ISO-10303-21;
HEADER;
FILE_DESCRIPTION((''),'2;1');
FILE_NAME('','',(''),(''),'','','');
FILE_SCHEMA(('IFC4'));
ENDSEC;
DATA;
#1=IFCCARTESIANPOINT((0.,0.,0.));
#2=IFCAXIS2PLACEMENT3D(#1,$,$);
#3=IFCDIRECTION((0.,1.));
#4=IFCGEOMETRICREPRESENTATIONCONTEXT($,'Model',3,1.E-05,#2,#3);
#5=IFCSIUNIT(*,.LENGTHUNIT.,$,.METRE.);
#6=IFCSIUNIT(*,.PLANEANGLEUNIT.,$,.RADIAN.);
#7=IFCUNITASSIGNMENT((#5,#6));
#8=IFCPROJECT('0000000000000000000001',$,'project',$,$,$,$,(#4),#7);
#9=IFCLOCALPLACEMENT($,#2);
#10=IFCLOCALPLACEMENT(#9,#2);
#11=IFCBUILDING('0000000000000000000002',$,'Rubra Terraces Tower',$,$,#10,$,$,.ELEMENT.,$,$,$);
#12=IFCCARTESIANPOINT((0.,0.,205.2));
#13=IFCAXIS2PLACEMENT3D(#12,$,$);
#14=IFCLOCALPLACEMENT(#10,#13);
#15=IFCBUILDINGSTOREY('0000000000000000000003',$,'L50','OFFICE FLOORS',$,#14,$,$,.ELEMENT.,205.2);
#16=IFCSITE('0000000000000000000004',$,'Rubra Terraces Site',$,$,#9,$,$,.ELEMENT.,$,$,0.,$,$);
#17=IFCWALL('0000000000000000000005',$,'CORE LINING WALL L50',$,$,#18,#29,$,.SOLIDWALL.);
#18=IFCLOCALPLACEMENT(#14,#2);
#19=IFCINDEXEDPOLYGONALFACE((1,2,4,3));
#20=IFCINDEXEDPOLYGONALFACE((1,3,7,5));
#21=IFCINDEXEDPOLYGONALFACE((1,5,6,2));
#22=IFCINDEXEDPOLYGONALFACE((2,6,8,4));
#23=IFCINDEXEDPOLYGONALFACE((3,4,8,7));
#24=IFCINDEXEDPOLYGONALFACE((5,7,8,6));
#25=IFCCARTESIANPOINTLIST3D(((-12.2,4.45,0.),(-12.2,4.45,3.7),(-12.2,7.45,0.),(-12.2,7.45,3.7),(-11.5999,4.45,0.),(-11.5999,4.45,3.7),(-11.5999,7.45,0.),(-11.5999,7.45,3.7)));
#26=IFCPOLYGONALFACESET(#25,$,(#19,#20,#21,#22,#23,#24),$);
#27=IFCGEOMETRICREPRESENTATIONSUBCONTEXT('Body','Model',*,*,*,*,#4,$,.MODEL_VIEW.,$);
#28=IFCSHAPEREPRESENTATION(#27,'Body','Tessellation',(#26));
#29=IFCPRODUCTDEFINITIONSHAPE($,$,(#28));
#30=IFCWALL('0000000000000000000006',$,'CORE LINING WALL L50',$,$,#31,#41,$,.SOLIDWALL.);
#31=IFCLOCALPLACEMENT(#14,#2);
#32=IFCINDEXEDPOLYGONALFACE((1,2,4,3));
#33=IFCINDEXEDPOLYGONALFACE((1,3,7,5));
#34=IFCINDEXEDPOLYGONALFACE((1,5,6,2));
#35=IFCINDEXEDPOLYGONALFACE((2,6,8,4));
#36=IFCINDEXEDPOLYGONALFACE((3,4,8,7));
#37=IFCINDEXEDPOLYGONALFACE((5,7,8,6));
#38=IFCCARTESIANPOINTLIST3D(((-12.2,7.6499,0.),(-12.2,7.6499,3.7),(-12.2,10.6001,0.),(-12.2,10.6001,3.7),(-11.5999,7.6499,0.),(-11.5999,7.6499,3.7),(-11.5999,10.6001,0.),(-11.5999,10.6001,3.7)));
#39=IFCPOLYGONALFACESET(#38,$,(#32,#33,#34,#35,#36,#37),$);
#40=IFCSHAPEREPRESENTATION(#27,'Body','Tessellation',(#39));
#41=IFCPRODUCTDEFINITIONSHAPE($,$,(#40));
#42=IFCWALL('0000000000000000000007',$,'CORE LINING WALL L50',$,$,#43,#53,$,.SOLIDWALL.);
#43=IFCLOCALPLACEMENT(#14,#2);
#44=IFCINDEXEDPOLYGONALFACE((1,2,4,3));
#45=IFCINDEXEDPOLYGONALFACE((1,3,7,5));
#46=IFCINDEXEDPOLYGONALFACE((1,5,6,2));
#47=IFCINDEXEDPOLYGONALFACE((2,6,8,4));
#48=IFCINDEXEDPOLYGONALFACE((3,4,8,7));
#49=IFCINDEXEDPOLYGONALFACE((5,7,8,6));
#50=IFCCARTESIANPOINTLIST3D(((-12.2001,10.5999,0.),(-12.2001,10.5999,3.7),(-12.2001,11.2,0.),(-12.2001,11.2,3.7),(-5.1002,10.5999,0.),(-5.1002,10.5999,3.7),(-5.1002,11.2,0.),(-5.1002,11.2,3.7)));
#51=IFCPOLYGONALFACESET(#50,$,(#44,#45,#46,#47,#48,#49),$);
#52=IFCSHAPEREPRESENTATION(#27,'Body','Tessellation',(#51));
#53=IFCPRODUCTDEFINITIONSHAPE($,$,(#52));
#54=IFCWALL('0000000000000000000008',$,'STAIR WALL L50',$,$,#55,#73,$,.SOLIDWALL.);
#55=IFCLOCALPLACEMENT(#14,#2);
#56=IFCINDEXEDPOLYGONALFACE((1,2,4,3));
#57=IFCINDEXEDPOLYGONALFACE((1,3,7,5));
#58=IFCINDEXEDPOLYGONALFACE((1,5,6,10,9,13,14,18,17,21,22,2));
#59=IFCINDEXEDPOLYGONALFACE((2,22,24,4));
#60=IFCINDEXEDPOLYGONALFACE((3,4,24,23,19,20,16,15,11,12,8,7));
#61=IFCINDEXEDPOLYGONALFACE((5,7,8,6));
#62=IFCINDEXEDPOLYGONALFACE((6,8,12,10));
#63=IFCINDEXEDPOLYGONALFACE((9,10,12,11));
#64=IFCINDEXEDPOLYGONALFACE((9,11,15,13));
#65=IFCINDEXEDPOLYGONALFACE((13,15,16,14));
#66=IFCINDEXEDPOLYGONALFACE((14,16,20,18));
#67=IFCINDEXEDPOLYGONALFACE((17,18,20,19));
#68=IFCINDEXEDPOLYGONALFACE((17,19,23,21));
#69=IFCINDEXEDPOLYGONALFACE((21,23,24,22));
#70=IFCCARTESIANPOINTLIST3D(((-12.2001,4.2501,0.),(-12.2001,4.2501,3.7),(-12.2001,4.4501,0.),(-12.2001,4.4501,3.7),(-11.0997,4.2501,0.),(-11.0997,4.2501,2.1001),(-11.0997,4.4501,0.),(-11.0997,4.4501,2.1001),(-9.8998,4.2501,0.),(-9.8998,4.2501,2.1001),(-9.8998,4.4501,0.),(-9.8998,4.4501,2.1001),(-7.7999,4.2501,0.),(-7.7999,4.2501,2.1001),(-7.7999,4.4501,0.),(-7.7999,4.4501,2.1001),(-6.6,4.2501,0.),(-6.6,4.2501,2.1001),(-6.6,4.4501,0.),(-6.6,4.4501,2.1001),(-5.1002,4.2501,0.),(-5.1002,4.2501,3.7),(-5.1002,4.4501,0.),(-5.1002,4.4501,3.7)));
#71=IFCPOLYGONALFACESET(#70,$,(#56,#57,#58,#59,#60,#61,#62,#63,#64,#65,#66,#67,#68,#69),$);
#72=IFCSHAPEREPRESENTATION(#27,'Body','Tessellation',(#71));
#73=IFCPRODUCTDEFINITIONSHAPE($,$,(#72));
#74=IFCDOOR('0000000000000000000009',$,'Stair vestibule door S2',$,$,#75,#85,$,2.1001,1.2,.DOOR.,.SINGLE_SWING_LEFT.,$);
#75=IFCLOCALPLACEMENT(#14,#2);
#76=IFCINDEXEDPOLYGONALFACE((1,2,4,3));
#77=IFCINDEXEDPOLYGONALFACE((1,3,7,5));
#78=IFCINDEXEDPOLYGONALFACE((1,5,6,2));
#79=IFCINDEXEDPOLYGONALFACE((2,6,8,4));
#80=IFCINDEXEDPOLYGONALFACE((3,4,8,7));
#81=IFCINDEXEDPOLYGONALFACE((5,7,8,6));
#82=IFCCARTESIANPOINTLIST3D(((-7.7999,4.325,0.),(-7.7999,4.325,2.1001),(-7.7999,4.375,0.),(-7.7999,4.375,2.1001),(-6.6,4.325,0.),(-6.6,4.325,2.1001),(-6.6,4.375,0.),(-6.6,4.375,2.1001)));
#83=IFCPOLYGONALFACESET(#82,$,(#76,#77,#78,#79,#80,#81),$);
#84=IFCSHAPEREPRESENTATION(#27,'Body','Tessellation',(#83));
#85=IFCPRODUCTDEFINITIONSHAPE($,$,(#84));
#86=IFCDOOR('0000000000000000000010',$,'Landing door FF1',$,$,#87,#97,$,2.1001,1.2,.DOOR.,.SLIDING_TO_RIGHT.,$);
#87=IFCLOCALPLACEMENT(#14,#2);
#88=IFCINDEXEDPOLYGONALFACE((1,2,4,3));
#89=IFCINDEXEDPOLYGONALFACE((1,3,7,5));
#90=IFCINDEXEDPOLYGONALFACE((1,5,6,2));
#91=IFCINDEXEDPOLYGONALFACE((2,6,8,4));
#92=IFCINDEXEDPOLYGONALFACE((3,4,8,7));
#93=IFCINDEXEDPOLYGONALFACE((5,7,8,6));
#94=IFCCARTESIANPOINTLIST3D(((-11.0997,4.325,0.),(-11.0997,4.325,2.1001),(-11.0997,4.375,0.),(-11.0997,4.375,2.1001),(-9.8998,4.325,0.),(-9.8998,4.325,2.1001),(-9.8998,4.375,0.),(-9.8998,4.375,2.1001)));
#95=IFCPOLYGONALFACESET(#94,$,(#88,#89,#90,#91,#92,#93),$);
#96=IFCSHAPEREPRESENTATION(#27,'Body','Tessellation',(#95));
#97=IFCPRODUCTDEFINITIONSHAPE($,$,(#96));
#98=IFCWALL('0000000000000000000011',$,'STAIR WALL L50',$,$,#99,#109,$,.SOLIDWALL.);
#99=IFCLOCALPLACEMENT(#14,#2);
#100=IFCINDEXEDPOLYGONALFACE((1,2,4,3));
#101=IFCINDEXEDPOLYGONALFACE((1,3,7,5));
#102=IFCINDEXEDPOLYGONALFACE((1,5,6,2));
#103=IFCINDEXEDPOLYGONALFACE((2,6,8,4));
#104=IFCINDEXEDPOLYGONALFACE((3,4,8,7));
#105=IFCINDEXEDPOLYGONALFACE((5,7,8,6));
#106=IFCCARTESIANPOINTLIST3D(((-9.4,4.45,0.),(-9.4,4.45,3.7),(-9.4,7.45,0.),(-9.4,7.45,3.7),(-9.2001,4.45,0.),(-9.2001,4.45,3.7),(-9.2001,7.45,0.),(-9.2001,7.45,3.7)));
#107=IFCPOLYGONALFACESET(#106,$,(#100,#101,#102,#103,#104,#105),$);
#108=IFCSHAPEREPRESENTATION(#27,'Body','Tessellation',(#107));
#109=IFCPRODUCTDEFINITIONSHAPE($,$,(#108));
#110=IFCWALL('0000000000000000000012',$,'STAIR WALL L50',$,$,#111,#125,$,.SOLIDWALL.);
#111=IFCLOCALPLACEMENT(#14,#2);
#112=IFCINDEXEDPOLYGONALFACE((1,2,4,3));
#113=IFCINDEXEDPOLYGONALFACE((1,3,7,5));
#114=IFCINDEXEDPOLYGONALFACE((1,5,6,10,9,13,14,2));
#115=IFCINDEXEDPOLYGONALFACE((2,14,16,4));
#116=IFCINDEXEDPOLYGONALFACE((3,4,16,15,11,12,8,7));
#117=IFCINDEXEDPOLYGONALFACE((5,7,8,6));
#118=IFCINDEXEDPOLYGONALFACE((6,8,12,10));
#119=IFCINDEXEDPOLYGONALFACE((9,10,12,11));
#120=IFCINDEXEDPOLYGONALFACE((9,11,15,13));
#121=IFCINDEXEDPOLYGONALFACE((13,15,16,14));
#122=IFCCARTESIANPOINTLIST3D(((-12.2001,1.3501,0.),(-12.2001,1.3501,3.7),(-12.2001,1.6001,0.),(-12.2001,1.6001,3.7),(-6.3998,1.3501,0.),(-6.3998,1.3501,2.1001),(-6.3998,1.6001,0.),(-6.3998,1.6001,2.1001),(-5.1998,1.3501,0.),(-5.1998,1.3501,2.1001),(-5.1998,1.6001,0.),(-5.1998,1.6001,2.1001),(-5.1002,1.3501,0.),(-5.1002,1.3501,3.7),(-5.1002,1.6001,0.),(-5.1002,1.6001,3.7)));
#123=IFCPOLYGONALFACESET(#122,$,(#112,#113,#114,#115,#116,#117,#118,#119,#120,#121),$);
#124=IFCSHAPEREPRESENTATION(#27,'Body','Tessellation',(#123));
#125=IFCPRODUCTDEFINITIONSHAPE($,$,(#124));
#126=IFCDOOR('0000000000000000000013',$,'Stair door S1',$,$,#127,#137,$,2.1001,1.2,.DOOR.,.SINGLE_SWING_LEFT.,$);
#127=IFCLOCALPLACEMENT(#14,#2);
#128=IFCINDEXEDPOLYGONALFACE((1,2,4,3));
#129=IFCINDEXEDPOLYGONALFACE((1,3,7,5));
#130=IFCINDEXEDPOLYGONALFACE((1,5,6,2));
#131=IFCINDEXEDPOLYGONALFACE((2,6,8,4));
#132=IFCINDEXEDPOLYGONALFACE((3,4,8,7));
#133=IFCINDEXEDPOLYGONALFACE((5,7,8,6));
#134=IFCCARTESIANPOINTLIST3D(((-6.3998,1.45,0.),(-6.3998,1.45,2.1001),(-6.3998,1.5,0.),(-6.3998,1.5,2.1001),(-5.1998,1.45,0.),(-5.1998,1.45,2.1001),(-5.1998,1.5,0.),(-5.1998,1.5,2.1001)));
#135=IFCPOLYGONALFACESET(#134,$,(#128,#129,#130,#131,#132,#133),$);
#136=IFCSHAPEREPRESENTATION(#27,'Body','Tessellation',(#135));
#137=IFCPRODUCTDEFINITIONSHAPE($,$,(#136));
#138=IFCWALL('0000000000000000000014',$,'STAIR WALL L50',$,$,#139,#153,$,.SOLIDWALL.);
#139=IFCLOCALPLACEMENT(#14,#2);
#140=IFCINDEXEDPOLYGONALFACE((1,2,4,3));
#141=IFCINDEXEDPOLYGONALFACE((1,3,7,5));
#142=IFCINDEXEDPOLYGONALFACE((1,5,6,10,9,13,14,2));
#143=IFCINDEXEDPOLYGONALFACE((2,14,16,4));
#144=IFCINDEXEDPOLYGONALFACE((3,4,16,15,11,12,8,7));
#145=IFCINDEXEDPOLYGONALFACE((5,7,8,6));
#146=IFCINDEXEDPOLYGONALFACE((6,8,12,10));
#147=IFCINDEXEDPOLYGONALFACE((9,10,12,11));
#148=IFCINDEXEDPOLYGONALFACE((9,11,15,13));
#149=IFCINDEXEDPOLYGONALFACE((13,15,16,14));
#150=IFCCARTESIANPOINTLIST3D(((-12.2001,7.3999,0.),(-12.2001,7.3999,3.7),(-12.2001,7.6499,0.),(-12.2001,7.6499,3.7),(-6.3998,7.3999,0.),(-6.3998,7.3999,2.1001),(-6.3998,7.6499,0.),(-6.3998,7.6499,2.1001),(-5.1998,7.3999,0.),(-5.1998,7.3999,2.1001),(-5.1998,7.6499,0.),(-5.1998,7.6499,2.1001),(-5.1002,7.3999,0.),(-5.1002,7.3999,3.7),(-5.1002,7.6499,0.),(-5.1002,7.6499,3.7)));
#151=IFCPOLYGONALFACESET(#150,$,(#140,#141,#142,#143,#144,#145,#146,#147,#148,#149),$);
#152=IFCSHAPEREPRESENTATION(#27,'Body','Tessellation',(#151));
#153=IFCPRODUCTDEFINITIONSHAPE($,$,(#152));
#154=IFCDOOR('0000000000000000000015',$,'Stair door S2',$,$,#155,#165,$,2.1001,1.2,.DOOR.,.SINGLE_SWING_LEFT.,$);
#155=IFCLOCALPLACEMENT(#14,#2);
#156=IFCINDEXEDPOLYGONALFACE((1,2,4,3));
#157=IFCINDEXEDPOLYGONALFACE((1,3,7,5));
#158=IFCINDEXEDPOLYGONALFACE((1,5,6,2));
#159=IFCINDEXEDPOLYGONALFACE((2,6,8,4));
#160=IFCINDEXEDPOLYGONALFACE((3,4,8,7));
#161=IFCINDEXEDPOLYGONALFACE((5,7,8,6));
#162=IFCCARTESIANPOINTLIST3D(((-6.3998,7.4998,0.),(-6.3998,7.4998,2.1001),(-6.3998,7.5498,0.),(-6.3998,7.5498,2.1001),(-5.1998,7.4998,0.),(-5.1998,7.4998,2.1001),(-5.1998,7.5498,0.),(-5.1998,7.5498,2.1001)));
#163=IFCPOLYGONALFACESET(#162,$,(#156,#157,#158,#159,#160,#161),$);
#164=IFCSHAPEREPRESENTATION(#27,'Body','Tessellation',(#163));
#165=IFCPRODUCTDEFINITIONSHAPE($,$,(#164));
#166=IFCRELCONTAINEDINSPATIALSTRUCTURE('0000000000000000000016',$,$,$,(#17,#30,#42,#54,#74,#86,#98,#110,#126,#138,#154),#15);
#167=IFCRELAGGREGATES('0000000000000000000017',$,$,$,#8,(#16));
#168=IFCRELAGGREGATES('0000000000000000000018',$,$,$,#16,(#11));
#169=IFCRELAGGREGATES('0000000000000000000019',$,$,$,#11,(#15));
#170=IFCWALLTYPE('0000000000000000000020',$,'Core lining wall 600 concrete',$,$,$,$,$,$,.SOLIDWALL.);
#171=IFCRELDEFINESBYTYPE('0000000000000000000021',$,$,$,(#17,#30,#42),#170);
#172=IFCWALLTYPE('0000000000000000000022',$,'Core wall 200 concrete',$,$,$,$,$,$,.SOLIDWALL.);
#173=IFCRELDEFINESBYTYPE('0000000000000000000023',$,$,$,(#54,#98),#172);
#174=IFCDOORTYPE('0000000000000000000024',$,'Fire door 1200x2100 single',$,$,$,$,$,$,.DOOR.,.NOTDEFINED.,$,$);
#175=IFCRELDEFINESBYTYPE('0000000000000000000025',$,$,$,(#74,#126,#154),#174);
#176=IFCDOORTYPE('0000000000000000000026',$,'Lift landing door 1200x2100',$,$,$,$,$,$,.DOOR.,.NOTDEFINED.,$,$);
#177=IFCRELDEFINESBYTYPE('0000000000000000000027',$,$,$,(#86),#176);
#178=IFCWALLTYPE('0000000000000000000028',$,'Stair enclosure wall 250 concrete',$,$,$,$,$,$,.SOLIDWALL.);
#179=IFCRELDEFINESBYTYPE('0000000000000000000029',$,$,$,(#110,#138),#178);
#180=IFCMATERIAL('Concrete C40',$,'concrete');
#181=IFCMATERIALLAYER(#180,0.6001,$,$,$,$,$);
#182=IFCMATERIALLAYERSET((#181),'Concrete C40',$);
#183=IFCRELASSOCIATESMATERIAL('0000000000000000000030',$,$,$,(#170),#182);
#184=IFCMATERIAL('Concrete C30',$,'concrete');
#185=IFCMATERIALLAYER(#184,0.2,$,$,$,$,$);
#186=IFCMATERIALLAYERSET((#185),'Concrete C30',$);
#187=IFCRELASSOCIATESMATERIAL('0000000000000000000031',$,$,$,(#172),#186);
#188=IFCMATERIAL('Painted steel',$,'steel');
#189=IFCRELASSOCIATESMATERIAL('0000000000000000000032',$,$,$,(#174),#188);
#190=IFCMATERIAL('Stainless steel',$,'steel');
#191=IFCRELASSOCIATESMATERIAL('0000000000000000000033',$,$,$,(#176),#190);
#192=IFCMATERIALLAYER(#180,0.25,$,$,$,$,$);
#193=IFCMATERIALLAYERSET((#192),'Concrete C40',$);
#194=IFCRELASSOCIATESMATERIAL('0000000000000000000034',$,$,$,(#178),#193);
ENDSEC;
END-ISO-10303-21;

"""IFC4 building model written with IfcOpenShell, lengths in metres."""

from ifc_helpers import new_model, si_unit, direction, frame, frame_2d, origin, place, context, subcontext, project, spatial, rectangle, extrude, material, layer, layer_set, type_object, element, fill, save


model = new_model("IFC4")

# Units and contexts
model_context = context("Model", 3, precision=1e-05, world=origin(), true_north=direction((0.0, 1.0)))
body_context = subcontext(model_context, "Body", "Model", "MODEL_VIEW")
ifc_project = project(units=[si_unit("LENGTHUNIT", "METRE"), si_unit("PLANEANGLEUNIT", "RADIAN")], contexts=[model_context])

# Site, building, storey
site_placement = place(None, origin())
site = spatial("IfcSite", under=ifc_project, at=site_placement, Name="Rubra Terraces Site", CompositionType="ELEMENT", RefElevation=0.0)
building_placement = place(site_placement, origin())
building = spatial("IfcBuilding", under=site, at=building_placement, Name="Rubra Terraces Tower", CompositionType="ELEMENT")
storey_placement = place(building_placement, frame((0.0, 0.0, 205.2)))
storey = spatial("IfcBuildingStorey", under=building, at=storey_placement, Name="L50", Description="OFFICE FLOORS", CompositionType="ELEMENT", Elevation=205.2)

# Walls
ifc_material_1 = material(Name="Concrete C40", Category="concrete")
ifc_layer_1 = layer(ifc_material_1, 0.6001)
ifc_layer_set_1 = layer_set([ifc_layer_1], Name="Concrete C40")
wall_type_1 = type_object("IfcWallType", Name="Core lining wall 600 concrete", PredefinedType="SOLIDWALL", material=ifc_layer_set_1)
wall_1_placement = place(storey_placement, frame((-11.8999, 4.45, 0.0), z_axis=(0.0, 0.0, 1.0), x_axis=(0.0, 1.0, 0.0)))
element("IfcWall", 1, at=wall_1_placement, inside=storey, type_object=wall_type_1, Name="CORE LINING WALL L50", PredefinedType="SOLIDWALL", context=body_context, shape_type="SweptSolid", body=[
    extrude(rectangle(XDim=3.0, YDim=0.6001, at=frame_2d((1.5, 0.0))), origin(), (0.0, 0.0, 1.0), 3.7),
])
wall_2_placement = place(storey_placement, frame((-11.8999, 7.6499, 0.0), z_axis=(0.0, 0.0, 1.0), x_axis=(0.0, 1.0, 0.0)))
element("IfcWall", 2, at=wall_2_placement, inside=storey, type_object=wall_type_1, Name="CORE LINING WALL L50", PredefinedType="SOLIDWALL", context=body_context, shape_type="SweptSolid", body=[
    extrude(rectangle(XDim=2.9502, YDim=0.6001, at=frame_2d((1.4751, 0.0))), origin(), (0.0, 0.0, 1.0), 3.7),
])
wall_3_placement = place(storey_placement, frame((-12.2, 10.8999, 0.0), z_axis=(0.0, 0.0, 1.0), x_axis=(1.0, 0.0, 0.0)))
element("IfcWall", 3, at=wall_3_placement, inside=storey, type_object=wall_type_1, Name="CORE LINING WALL L50", PredefinedType="SOLIDWALL", context=body_context, shape_type="SweptSolid", body=[
    extrude(rectangle(XDim=7.0999, YDim=0.6001, at=frame_2d((3.5498, 0.0))), origin(), (0.0, 0.0, 1.0), 3.7),
])

# Wall, openings, doors
ifc_material_2 = material(Name="Concrete C30", Category="concrete")
ifc_layer_2 = layer(ifc_material_2, 0.2)
ifc_layer_set_2 = layer_set([ifc_layer_2], Name="Concrete C30")
wall_type_2 = type_object("IfcWallType", Name="Core wall 200 concrete", PredefinedType="SOLIDWALL", material=ifc_layer_set_2)
wall_4_placement = place(storey_placement, frame((-12.2, 4.3501, 0.0), z_axis=(0.0, 0.0, 1.0), x_axis=(1.0, 0.0, 0.0)))
wall_4 = element("IfcWall", 4, at=wall_4_placement, inside=storey, type_object=wall_type_2, Name="STAIR WALL L50", PredefinedType="SOLIDWALL", context=body_context, shape_type="SweptSolid", body=[
    extrude(rectangle(XDim=7.0999, YDim=0.2, at=frame_2d((3.5498, 0.0))), origin(), (0.0, 0.0, 1.0), 3.7),
])
opening_1_placement = place(wall_4_placement, frame((4.3999, 0.0, 0.0)))
opening_1 = element("IfcOpeningElement", 5, at=opening_1_placement, cuts=wall_4, PredefinedType="OPENING", context=body_context, shape_type="SweptSolid", body=[
    extrude(rectangle(XDim=1.2, YDim=2.1001, at=frame_2d((0.6001, 1.05))), frame((0.0, 0.1099, 0.0), z_axis=(0.0, -1.0, 0.0), x_axis=(1.0, 0.0, 0.0)), (0.0, 0.0, 1.0), 0.22),
])
opening_2_placement = place(wall_4_placement, frame((1.1001, 0.0, 0.0)))
opening_2 = element("IfcOpeningElement", 6, at=opening_2_placement, cuts=wall_4, PredefinedType="OPENING", context=body_context, shape_type="SweptSolid", body=[
    extrude(rectangle(XDim=1.2, YDim=2.1001, at=frame_2d((0.6001, 1.05))), frame((0.0, 0.1099, 0.0), z_axis=(0.0, -1.0, 0.0), x_axis=(1.0, 0.0, 0.0)), (0.0, 0.0, 1.0), 0.22),
])
ifc_material_3 = material(Name="Painted steel", Category="steel")
door_type_1 = type_object("IfcDoorType", Name="Fire door 1200x2100 single", OperationType="NOTDEFINED", PredefinedType="DOOR", material=ifc_material_3)
door_1_placement = place(opening_1_placement, origin())
door_1 = element("IfcDoor", 7, at=door_1_placement, inside=storey, type_object=door_type_1, Name="Stair vestibule door S2", OperationType="SINGLE_SWING_LEFT", OverallHeight=2.1001, OverallWidth=1.2, PredefinedType="DOOR", context=body_context, shape_type="SweptSolid", body=[
    extrude(rectangle(XDim=1.2, YDim=2.1001, at=frame_2d((0.6001, 1.05))), frame((0.0, 0.0249, 0.0), z_axis=(0.0, -1.0, 0.0), x_axis=(1.0, 0.0, 0.0)), (0.0, 0.0, 1.0), 0.05),
])
fill(opening_1, door_1)
ifc_material_4 = material(Name="Stainless steel", Category="steel")
door_type_2 = type_object("IfcDoorType", Name="Lift landing door 1200x2100", OperationType="NOTDEFINED", PredefinedType="DOOR", material=ifc_material_4)
door_2_placement = place(opening_2_placement, origin())
door_2 = element("IfcDoor", 8, at=door_2_placement, inside=storey, type_object=door_type_2, Name="Landing door FF1", OperationType="SLIDING_TO_RIGHT", OverallHeight=2.1001, OverallWidth=1.2, PredefinedType="DOOR", context=body_context, shape_type="SweptSolid", body=[
    extrude(rectangle(XDim=1.2, YDim=2.1001, at=frame_2d((0.6001, 1.05))), frame((0.0, 0.0249, 0.0), z_axis=(0.0, -1.0, 0.0), x_axis=(1.0, 0.0, 0.0)), (0.0, 0.0, 1.0), 0.05),
])
fill(opening_2, door_2)

# Wall
wall_5_placement = place(storey_placement, frame((-9.3, 4.45, 0.0), z_axis=(0.0, 0.0, 1.0), x_axis=(0.0, 1.0, 0.0)))
element("IfcWall", 9, at=wall_5_placement, inside=storey, type_object=wall_type_2, Name="STAIR WALL L50", PredefinedType="SOLIDWALL", context=body_context, shape_type="SweptSolid", body=[
    extrude(rectangle(XDim=3.0, YDim=0.2, at=frame_2d((1.5, 0.0))), origin(), (0.0, 0.0, 1.0), 3.7),
])

# Walls, openings, doors
ifc_layer_3 = layer(ifc_material_1, 0.25)
ifc_layer_set_3 = layer_set([ifc_layer_3], Name="Concrete C40")
wall_type_3 = type_object("IfcWallType", Name="Stair enclosure wall 250 concrete", PredefinedType="SOLIDWALL", material=ifc_layer_set_3)
wall_6_placement = place(storey_placement, frame((-12.2, 1.4751, 0.0), z_axis=(0.0, 0.0, 1.0), x_axis=(1.0, 0.0, 0.0)))
wall_6 = element("IfcWall", 10, at=wall_6_placement, inside=storey, type_object=wall_type_3, Name="STAIR WALL L50", PredefinedType="SOLIDWALL", context=body_context, shape_type="SweptSolid", body=[
    extrude(rectangle(XDim=7.0999, YDim=0.25, at=frame_2d((3.5498, 0.0))), origin(), (0.0, 0.0, 1.0), 3.7),
])
opening_3_placement = place(wall_6_placement, frame((5.8, 0.0, 0.0)))
opening_3 = element("IfcOpeningElement", 11, at=opening_3_placement, cuts=wall_6, PredefinedType="OPENING", context=body_context, shape_type="SweptSolid", body=[
    extrude(rectangle(XDim=1.2, YDim=2.1001, at=frame_2d((0.6001, 1.05))), frame((0.0, 0.135, 0.0), z_axis=(0.0, -1.0, 0.0), x_axis=(1.0, 0.0, 0.0)), (0.0, 0.0, 1.0), 0.27),
])
door_3_placement = place(opening_3_placement, origin())
door_3 = element("IfcDoor", 12, at=door_3_placement, inside=storey, type_object=door_type_1, Name="Stair door S1", OperationType="SINGLE_SWING_LEFT", OverallHeight=2.1001, OverallWidth=1.2, PredefinedType="DOOR", context=body_context, shape_type="SweptSolid", body=[
    extrude(rectangle(XDim=1.2, YDim=2.1001, at=frame_2d((0.6001, 1.05))), frame((0.0, 0.0249, 0.0), z_axis=(0.0, -1.0, 0.0), x_axis=(1.0, 0.0, 0.0)), (0.0, 0.0, 1.0), 0.05),
])
fill(opening_3, door_3)
wall_7_placement = place(storey_placement, frame((-12.2, 7.5249, 0.0), z_axis=(0.0, 0.0, 1.0), x_axis=(1.0, 0.0, 0.0)))
wall_7 = element("IfcWall", 13, at=wall_7_placement, inside=storey, type_object=wall_type_3, Name="STAIR WALL L50", PredefinedType="SOLIDWALL", context=body_context, shape_type="SweptSolid", body=[
    extrude(rectangle(XDim=7.0999, YDim=0.25, at=frame_2d((3.5498, 0.0))), origin(), (0.0, 0.0, 1.0), 3.7),
])
opening_4_placement = place(wall_7_placement, frame((5.8, 0.0, 0.0)))
opening_4 = element("IfcOpeningElement", 14, at=opening_4_placement, cuts=wall_7, PredefinedType="OPENING", context=body_context, shape_type="SweptSolid", body=[
    extrude(rectangle(XDim=1.2, YDim=2.1001, at=frame_2d((0.6001, 1.05))), frame((0.0, 0.135, 0.0), z_axis=(0.0, -1.0, 0.0), x_axis=(1.0, 0.0, 0.0)), (0.0, 0.0, 1.0), 0.27),
])
door_4_placement = place(opening_4_placement, origin())
door_4 = element("IfcDoor", 15, at=door_4_placement, inside=storey, type_object=door_type_1, Name="Stair door S2", OperationType="SINGLE_SWING_LEFT", OverallHeight=2.1001, OverallWidth=1.2, PredefinedType="DOOR", context=body_context, shape_type="SweptSolid", body=[
    extrude(rectangle(XDim=1.2, YDim=2.1001, at=frame_2d((0.6001, 1.05))), frame((0.0, 0.0249, 0.0), z_axis=(0.0, -1.0, 0.0), x_axis=(1.0, 0.0, 0.0)), (0.0, 0.0, 1.0), 0.05),
])
fill(opening_4, door_4)

save(model, "model.ifc")
